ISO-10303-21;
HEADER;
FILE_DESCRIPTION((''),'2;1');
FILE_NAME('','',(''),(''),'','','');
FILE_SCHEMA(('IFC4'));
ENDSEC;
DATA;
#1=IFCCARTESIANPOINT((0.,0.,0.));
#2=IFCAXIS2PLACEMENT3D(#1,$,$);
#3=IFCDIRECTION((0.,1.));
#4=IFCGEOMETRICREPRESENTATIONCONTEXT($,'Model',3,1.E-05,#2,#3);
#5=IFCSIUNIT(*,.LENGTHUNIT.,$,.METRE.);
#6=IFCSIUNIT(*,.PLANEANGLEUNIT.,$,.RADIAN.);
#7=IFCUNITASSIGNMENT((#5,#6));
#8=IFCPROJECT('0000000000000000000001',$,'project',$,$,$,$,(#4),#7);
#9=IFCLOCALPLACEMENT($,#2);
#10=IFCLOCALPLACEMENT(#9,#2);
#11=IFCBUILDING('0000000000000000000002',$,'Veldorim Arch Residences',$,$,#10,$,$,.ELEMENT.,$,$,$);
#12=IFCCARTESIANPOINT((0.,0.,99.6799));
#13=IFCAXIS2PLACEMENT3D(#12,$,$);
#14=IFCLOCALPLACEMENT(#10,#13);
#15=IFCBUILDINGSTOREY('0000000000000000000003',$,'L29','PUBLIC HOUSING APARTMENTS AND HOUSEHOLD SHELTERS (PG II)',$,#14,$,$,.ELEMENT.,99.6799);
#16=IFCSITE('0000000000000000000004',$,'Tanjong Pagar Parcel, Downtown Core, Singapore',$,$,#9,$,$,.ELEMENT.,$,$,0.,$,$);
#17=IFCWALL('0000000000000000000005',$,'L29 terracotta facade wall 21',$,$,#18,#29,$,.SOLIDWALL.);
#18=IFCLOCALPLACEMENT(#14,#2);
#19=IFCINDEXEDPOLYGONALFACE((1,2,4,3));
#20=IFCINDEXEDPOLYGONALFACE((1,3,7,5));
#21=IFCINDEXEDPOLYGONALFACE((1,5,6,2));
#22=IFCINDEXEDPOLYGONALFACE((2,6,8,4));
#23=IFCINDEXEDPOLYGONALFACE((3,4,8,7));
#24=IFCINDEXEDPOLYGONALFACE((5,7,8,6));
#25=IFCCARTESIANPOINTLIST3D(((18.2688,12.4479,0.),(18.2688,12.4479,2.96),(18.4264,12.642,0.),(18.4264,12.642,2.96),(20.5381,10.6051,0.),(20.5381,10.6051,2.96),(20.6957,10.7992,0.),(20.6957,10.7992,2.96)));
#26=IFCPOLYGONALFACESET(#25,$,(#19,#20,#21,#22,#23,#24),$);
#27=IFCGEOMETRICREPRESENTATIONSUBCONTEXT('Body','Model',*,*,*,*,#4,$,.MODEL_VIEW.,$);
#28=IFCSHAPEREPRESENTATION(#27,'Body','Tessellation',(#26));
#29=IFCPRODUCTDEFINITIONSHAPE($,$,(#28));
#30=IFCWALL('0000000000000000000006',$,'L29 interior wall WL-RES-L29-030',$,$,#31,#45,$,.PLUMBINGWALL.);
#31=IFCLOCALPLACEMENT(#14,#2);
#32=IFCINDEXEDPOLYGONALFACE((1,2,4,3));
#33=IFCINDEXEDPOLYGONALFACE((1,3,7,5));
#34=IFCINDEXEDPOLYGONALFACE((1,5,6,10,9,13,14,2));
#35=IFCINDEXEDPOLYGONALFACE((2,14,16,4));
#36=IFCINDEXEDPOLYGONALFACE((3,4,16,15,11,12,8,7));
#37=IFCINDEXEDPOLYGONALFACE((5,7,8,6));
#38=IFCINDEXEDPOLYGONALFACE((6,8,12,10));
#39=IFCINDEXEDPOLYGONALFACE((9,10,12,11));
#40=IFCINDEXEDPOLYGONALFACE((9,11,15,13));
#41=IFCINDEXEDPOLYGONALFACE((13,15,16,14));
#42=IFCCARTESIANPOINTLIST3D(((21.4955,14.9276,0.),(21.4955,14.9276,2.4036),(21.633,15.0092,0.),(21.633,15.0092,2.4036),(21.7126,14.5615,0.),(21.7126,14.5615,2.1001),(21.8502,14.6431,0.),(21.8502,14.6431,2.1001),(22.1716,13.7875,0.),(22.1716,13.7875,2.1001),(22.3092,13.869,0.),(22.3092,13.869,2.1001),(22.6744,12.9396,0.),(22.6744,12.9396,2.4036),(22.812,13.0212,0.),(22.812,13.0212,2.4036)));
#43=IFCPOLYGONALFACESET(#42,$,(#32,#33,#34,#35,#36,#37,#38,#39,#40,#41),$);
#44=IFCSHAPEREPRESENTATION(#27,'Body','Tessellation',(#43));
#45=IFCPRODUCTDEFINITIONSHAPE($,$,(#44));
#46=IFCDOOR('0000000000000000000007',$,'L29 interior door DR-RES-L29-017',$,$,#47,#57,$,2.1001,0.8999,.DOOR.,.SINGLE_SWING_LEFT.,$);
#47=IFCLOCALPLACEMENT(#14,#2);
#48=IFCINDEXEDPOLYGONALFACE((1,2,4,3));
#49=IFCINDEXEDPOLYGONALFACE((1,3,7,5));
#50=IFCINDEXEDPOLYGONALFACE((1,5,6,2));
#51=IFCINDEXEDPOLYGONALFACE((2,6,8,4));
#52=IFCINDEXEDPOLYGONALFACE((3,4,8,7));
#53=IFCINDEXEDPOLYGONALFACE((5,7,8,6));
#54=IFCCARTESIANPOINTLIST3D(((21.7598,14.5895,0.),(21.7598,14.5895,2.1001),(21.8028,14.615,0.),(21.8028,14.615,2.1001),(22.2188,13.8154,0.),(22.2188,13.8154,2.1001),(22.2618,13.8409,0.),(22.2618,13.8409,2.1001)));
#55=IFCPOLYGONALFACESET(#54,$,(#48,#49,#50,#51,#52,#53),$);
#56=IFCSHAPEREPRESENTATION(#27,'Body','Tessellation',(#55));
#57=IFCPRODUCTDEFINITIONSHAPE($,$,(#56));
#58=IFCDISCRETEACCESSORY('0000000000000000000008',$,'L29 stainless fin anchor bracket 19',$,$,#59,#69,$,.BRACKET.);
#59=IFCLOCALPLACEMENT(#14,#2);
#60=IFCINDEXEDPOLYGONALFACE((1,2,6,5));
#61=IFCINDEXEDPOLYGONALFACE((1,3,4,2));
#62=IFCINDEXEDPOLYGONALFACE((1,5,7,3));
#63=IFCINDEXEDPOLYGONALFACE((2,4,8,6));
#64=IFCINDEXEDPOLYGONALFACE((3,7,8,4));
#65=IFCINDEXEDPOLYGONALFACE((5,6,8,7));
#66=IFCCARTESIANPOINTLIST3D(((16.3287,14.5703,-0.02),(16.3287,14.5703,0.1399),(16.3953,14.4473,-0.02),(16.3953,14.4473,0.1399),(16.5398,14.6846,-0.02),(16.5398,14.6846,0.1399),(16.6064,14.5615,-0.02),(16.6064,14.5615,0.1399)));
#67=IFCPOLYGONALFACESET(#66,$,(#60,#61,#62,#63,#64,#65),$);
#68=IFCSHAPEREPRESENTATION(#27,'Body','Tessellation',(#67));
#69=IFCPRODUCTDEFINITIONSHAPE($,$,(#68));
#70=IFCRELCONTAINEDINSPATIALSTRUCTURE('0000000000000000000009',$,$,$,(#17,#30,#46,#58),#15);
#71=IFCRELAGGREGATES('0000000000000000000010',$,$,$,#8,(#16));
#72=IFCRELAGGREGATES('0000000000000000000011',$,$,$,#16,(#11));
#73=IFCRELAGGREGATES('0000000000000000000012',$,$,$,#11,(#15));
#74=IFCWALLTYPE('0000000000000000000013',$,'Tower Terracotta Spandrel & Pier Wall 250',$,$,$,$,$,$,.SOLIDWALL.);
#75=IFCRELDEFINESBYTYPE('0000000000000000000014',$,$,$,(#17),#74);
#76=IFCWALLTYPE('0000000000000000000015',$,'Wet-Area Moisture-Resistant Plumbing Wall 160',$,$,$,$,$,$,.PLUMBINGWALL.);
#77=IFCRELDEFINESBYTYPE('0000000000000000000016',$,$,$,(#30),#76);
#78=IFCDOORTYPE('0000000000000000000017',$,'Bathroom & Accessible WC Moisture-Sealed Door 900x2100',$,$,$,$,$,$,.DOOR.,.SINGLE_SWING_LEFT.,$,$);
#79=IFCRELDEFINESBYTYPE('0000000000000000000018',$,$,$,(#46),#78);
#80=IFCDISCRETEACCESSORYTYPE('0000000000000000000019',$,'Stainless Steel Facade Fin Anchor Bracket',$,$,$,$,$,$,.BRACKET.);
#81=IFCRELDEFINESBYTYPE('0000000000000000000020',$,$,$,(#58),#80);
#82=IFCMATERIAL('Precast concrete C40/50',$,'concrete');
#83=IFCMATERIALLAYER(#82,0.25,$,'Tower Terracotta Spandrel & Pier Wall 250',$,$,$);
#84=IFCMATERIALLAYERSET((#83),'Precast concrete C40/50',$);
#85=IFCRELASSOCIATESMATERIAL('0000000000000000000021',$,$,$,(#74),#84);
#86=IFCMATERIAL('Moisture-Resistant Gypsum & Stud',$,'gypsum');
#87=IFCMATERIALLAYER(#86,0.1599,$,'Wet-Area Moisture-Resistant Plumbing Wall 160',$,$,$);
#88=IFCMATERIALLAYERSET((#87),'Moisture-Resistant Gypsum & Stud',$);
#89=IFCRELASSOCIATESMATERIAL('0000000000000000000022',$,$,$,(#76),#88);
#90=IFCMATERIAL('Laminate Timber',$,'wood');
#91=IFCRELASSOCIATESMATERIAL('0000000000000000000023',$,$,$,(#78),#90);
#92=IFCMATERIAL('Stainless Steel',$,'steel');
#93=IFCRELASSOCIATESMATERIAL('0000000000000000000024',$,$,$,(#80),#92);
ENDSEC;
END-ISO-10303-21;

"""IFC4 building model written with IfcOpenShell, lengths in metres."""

from ifc_helpers import new_model, si_unit, direction, frame, frame_2d, origin, origin_2d, place, context, subcontext, project, spatial, rectangle, extrude, material, layer, layer_set, type_object, element, fill, save


model = new_model("IFC4")

# Units and contexts
model_context = context("Model", 3, precision=1e-05, world=origin(), true_north=direction((0.0, 1.0)))
body_context = subcontext(model_context, "Body", "Model", "MODEL_VIEW")
ifc_project = project(units=[si_unit("LENGTHUNIT", "METRE"), si_unit("PLANEANGLEUNIT", "RADIAN")], contexts=[model_context])

# Site, building, storey
site_placement = place(None, origin())
site = spatial("IfcSite", under=ifc_project, at=site_placement, Name="Tanjong Pagar Parcel, Downtown Core, Singapore", CompositionType="ELEMENT", RefElevation=0.0)
building_placement = place(site_placement, origin())
building = spatial("IfcBuilding", under=site, at=building_placement, Name="Veldorim Arch Residences", CompositionType="ELEMENT")
storey_placement = place(building_placement, frame((0.0, 0.0, 99.6799)))
storey = spatial("IfcBuildingStorey", under=building, at=storey_placement, Name="L29", Description="PUBLIC HOUSING APARTMENTS AND HOUSEHOLD SHELTERS (PG II)", CompositionType="ELEMENT", Elevation=99.6799)

# Shared definitions
ifc_material_1 = material(Name="Precast concrete C40/50", Category="concrete")
ifc_layer_1 = layer(ifc_material_1, 0.25, Name="Tower Terracotta Spandrel & Pier Wall 250")
ifc_layer_set_1 = layer_set([ifc_layer_1], Name="Precast concrete C40/50")
wall_type_1 = type_object("IfcWallType", Name="Tower Terracotta Spandrel & Pier Wall 250", PredefinedType="SOLIDWALL", material=ifc_layer_set_1)

# Wall
wall_1_placement = place(storey_placement, frame((20.6169, 10.7021, 0.0), z_axis=(0.0, 0.0, 1.0), x_axis=(-0.776285, 0.630382, 0.0)))
element("IfcWall", 1, at=wall_1_placement, inside=storey, type_object=wall_type_1, Name="L29 terracotta facade wall 21", PredefinedType="SOLIDWALL", context=body_context, shape_type="SweptSolid", body=[
    extrude(rectangle(XDim=2.9233, YDim=0.25, at=frame_2d((1.4617, 0.0))), origin(), (0.0, 0.0, 1.0), 2.96),
])

# Wall, opening, door
ifc_material_2 = material(Name="Moisture-Resistant Gypsum & Stud", Category="gypsum")
ifc_layer_2 = layer(ifc_material_2, 0.1599, Name="Wet-Area Moisture-Resistant Plumbing Wall 160")
ifc_layer_set_2 = layer_set([ifc_layer_2], Name="Moisture-Resistant Gypsum & Stud")
wall_type_2 = type_object("IfcWallType", Name="Wet-Area Moisture-Resistant Plumbing Wall 160", PredefinedType="PLUMBINGWALL", material=ifc_layer_set_2)
wall_2_placement = place(storey_placement, frame((21.5642, 14.9685, 0.0), z_axis=(0.0, 0.0, 1.0), x_axis=(0.510077, -0.860128, 0.0)))
wall_2 = element("IfcWall", 2, at=wall_2_placement, inside=storey, type_object=wall_type_2, Name="L29 interior wall WL-RES-L29-030", PredefinedType="PLUMBINGWALL", context=body_context, shape_type="SweptSolid", body=[
    extrude(rectangle(XDim=2.3113, YDim=0.1599, at=frame_2d((1.1558, 0.0))), origin(), (0.0, 0.0, 1.0), 2.4036),
])
opening_1_placement = place(wall_2_placement, frame((0.4258, 0.0, 0.0)))
opening_1 = element("IfcOpeningElement", 3, at=opening_1_placement, cuts=wall_2, PredefinedType="OPENING", context=body_context, shape_type="SweptSolid", body=[
    extrude(rectangle(XDim=0.8999, YDim=2.1001, at=frame_2d((0.45, 1.05))), frame((0.0, 0.0898, 0.0), z_axis=(0.0, -1.0, 0.0), x_axis=(1.0, 0.0, 0.0)), (0.0, 0.0, 1.0), 0.1799),
])
ifc_material_3 = material(Name="Laminate Timber", Category="wood")
door_type_1 = type_object("IfcDoorType", Name="Bathroom & Accessible WC Moisture-Sealed Door 900x2100", OperationType="SINGLE_SWING_LEFT", PredefinedType="DOOR", material=ifc_material_3)
door_1_placement = place(opening_1_placement, origin())
door_1 = element("IfcDoor", 4, at=door_1_placement, inside=storey, type_object=door_type_1, Name="L29 interior door DR-RES-L29-017", OperationType="SINGLE_SWING_LEFT", OverallHeight=2.1001, OverallWidth=0.8999, PredefinedType="DOOR", context=body_context, shape_type="SweptSolid", body=[
    extrude(rectangle(XDim=0.8999, YDim=2.1001, at=frame_2d((0.45, 1.05))), frame((0.0, 0.0249, 0.0), z_axis=(0.0, -1.0, 0.0), x_axis=(1.0, 0.0, 0.0)), (0.0, 0.0, 1.0), 0.05),
])
fill(opening_1, door_1)

# Discrete accessory
ifc_material_4 = material(Name="Stainless Steel", Category="steel")
discrete_accessory_type = type_object("IfcDiscreteAccessoryType", Name="Stainless Steel Facade Fin Anchor Bracket", PredefinedType="BRACKET", material=ifc_material_4)
discrete_accessory_placement = place(storey_placement, frame((16.4675, 14.5659, -0.02), z_axis=(0.0, 0.0, 1.0), x_axis=(-0.476085, 0.879399, 0.0)))
element("IfcDiscreteAccessory", 5, at=discrete_accessory_placement, inside=storey, type_object=discrete_accessory_type, Name="L29 stainless fin anchor bracket 19", PredefinedType="BRACKET", context=body_context, shape_type="SweptSolid", body=[
    extrude(rectangle(XDim=0.1399, YDim=0.24, at=origin_2d()), origin(), (0.0, 0.0, 1.0), 0.1599),
])

save(model, "model.ifc")
